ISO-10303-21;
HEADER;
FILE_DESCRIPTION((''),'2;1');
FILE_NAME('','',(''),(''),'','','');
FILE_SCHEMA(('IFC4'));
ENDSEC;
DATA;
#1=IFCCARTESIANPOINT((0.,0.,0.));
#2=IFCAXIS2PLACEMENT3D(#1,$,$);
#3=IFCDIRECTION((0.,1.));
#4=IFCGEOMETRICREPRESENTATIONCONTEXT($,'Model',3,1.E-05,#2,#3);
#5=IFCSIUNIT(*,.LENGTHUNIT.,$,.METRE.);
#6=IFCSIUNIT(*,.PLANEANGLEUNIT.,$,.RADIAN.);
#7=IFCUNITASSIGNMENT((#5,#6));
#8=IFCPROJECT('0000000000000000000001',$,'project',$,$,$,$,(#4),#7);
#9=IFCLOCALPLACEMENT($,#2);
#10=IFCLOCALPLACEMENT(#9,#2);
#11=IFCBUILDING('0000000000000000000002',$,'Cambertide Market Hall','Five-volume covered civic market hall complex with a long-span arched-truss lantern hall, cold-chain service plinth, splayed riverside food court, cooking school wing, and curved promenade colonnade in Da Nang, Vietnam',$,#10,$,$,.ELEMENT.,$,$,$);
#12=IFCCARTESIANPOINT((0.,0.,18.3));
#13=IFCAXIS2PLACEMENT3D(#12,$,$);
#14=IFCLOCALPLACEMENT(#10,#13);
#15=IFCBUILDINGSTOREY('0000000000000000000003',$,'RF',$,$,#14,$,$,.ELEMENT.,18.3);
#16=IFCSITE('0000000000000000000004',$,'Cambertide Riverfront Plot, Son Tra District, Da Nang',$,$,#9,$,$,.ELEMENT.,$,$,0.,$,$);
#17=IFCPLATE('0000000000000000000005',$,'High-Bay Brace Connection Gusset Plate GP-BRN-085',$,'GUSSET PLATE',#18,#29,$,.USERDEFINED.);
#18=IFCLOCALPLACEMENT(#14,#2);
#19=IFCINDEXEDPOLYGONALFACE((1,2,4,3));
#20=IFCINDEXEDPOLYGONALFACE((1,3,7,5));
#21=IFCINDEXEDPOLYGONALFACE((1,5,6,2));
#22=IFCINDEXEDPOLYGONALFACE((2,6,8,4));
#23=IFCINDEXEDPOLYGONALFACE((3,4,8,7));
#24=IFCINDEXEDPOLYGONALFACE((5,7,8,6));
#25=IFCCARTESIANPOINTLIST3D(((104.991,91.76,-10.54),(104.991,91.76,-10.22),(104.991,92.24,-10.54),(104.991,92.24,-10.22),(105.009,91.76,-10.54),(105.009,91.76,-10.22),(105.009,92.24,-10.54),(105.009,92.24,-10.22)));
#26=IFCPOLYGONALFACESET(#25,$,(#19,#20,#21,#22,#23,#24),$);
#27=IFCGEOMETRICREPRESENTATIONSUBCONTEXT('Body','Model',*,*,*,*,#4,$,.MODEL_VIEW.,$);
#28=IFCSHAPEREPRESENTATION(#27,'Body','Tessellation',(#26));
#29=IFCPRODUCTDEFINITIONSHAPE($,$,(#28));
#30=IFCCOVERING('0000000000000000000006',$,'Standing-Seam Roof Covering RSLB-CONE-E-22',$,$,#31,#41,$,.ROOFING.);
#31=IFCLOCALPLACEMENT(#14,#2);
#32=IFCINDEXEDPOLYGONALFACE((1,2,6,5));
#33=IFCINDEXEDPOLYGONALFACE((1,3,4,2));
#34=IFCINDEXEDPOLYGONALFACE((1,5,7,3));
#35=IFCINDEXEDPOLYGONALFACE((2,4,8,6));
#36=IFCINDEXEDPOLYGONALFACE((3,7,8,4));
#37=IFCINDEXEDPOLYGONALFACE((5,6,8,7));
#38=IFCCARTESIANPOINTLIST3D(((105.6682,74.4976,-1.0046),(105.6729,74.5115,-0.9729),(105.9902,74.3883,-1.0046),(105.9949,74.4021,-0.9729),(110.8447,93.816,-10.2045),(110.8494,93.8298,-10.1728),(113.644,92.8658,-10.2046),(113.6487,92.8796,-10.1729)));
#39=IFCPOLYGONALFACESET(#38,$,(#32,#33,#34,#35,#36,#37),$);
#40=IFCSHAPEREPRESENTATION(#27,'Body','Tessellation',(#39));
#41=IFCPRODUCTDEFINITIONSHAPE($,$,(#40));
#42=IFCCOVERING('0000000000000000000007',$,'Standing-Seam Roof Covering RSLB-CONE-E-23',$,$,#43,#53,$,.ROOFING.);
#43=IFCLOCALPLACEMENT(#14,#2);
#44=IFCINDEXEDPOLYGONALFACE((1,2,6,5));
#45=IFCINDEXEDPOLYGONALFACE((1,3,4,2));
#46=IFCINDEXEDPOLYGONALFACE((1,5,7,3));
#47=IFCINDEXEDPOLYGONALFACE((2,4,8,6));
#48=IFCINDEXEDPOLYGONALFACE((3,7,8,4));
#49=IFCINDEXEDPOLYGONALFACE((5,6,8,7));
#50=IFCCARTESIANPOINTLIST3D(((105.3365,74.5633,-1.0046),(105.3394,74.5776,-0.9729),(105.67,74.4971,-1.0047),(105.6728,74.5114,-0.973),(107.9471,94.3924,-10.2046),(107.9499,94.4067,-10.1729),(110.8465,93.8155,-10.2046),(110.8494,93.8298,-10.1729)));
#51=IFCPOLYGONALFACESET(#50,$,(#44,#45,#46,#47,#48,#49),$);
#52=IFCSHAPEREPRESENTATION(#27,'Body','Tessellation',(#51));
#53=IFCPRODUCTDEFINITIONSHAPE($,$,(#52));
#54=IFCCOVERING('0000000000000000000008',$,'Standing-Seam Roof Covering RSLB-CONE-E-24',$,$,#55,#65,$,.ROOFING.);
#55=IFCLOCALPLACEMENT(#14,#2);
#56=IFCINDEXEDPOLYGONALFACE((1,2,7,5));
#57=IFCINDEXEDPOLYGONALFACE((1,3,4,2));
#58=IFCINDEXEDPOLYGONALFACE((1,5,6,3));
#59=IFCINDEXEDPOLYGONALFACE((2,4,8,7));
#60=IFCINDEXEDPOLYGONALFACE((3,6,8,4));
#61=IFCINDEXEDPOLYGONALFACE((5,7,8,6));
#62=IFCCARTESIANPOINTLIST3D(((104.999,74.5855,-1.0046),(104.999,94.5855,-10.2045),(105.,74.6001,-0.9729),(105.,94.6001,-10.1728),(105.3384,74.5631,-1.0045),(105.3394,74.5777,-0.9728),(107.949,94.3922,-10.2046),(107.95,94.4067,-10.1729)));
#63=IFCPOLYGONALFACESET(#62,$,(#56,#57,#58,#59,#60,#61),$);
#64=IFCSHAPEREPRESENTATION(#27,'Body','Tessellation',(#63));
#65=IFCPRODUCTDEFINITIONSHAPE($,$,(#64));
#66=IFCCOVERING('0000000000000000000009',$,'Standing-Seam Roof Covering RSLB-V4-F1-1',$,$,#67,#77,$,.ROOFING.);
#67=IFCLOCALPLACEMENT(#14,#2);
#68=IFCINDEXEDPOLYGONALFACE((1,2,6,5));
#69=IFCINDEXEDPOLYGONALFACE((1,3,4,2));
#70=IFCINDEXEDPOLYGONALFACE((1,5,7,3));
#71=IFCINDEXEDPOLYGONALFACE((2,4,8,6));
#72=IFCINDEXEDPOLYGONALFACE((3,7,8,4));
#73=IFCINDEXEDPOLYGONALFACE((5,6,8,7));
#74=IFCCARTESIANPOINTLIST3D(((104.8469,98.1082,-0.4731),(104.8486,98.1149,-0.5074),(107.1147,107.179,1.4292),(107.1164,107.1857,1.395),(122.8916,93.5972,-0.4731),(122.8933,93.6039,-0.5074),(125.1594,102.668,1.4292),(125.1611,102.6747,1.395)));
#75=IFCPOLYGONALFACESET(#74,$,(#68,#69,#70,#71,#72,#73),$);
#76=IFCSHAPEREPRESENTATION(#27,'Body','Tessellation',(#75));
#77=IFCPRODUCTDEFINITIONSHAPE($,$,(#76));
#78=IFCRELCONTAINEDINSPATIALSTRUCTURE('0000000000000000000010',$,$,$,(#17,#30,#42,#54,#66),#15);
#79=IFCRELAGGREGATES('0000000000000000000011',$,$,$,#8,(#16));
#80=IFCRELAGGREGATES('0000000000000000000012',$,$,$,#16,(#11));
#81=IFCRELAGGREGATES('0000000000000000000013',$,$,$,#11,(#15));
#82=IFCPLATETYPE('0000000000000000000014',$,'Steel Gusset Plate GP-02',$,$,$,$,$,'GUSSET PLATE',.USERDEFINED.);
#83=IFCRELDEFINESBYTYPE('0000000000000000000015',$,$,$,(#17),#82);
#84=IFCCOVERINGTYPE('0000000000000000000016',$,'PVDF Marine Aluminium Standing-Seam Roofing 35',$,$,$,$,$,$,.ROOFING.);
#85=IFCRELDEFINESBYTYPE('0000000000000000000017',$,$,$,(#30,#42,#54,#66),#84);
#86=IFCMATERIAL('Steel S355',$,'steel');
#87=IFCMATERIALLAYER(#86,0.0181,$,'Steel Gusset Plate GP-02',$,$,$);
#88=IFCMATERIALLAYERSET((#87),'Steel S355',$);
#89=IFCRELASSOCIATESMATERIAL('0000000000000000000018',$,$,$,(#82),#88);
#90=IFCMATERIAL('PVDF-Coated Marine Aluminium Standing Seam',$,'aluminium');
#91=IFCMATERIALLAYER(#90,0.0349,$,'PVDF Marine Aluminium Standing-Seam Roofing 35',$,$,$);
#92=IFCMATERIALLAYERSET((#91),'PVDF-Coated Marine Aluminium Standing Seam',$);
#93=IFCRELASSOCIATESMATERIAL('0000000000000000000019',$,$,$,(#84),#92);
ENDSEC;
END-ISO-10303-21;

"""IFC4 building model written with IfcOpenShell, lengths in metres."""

from ifc_helpers import new_model, si_unit, direction, frame, origin, origin_2d, place, context, subcontext, project, spatial, polyline, rectangle, outline, extrude, material, layer, layer_set, type_object, element, save


model = new_model("IFC4")

# Units and contexts
model_context = context("Model", 3, precision=1e-05, world=origin(), true_north=direction((0.0, 1.0)))
body_context = subcontext(model_context, "Body", "Model", "MODEL_VIEW")
ifc_project = project(units=[si_unit("LENGTHUNIT", "METRE"), si_unit("PLANEANGLEUNIT", "RADIAN")], contexts=[model_context])

# Site, building, storey
site_placement = place(None, origin())
site = spatial("IfcSite", under=ifc_project, at=site_placement, Name="Cambertide Riverfront Plot, Son Tra District, Da Nang", CompositionType="ELEMENT", RefElevation=0.0)
building_placement = place(site_placement, origin())
building = spatial("IfcBuilding", under=site, at=building_placement, Name="Cambertide Market Hall", Description="Five-volume covered civic market hall complex with a long-span arched-truss lantern hall, cold-chain service plinth, splayed riverside food court, cooking school wing, and curved promenade colonnade in Da Nang, Vietnam", CompositionType="ELEMENT")
storey_placement = place(building_placement, frame((0.0, 0.0, 18.3)))
storey = spatial("IfcBuildingStorey", under=building, at=storey_placement, Name="RF", CompositionType="ELEMENT", Elevation=18.3)

# Plate
ifc_material_1 = material(Name="Steel S355", Category="steel")
ifc_layer_1 = layer(ifc_material_1, 0.0181, Name="Steel Gusset Plate GP-02")
ifc_layer_set_1 = layer_set([ifc_layer_1], Name="Steel S355")
plate_type_1 = type_object("IfcPlateType", Name="Steel Gusset Plate GP-02", ElementType="GUSSET PLATE", PredefinedType="USERDEFINED", material=ifc_layer_set_1)
for number, where, z_axis, x_axis, name in (
    (1, (105.0, 92.0, -10.54), (0.0, 0.0, 1.0), (0.0, 1.0, 0.0), "High-Bay Brace Connection Gusset Plate GP-BRN-085"),
):
    element("IfcPlate", number, at=place(storey_placement, frame(where, z_axis=z_axis, x_axis=x_axis)), inside=storey, type_object=plate_type_1, Name=name, ObjectType="GUSSET PLATE", PredefinedType="USERDEFINED", context=body_context, shape_type="SweptSolid", body=[
        extrude(rectangle(XDim=0.48, YDim=0.0181, at=origin_2d()), origin(), (0.0, 0.0, 1.0), 0.3201),
    ])

# Coverings
ifc_material_2 = material(Name="PVDF-Coated Marine Aluminium Standing Seam", Category="aluminium")
ifc_layer_2 = layer(ifc_material_2, 0.0349, Name="PVDF Marine Aluminium Standing-Seam Roofing 35")
ifc_layer_set_2 = layer_set([ifc_layer_2], Name="PVDF-Coated Marine Aluminium Standing Seam")
covering_type = type_object("IfcCoveringType", Name="PVDF Marine Aluminium Standing-Seam Roofing 35", PredefinedType="ROOFING", material=ifc_layer_set_2)
covering_1_placement = place(storey_placement, frame((113.6487, 92.8796, -10.1729), z_axis=(0.134571, 0.396426, 0.90815), x_axis=(-0.946934, 0.321429, 0.000007)))
element("IfcCovering", 2, at=covering_1_placement, inside=storey, type_object=covering_type, Name="Standing-Seam Roof Covering RSLB-CONE-E-22", PredefinedType="ROOFING", context=body_context, shape_type="SweptSolid", body=[
    extrude(outline(polyline([(0.0, 0.0), (2.9562, 0.0), (1.6486, 21.9755), (1.3085, 21.9756), (0.0, 0.0)])), origin(), (0.0, 0.0, -1.0), 0.0349),
])
covering_2_placement = place(storey_placement, frame((110.8494, 93.8298, -10.1729), z_axis=(0.081673, 0.410599, 0.908151), x_axis=(-0.980776, 0.195137, -0.000022)))
element("IfcCovering", 3, at=covering_2_placement, inside=storey, type_object=covering_type, Name="Standing-Seam Roof Covering RSLB-CONE-E-23", PredefinedType="ROOFING", context=body_context, shape_type="SweptSolid", body=[
    extrude(outline(polyline([(0.0, 0.0), (2.9563, 0.0), (1.6471, 21.9758), (1.3071, 21.9756), (0.0, 0.0)])), origin(), (0.0, 0.0, -1.0), 0.0349),
])
covering_3_placement = place(storey_placement, frame((107.95, 94.4067, -10.1729), z_axis=(0.027409, 0.417743, 0.908152), x_axis=(-0.997858, 0.065418, 0.000025)))
element("IfcCovering", 4, at=covering_3_placement, inside=storey, type_object=covering_type, Name="Standing-Seam Roof Covering RSLB-CONE-E-24", PredefinedType="ROOFING", context=body_context, shape_type="SweptSolid", body=[
    extrude(outline(polyline([(0.0, 0.0), (2.9563, 0.0), (1.6482, 21.9756), (1.3081, 21.9758), (0.0, 0.0)])), origin(), (0.0, 0.0, -1.0), 0.0349),
])
covering_4_placement = place(storey_placement, frame((104.8469, 98.1082, -0.4731), z_axis=(-0.048354, -0.193422, 0.979923), x_axis=(0.970145, -0.242526, 0.0)))
element("IfcCovering", 5, at=covering_4_placement, inside=storey, type_object=covering_type, Name="Standing-Seam Roof Covering RSLB-V4-F1-1", PredefinedType="ROOFING", context=body_context, shape_type="SweptSolid", body=[
    extrude(outline(polyline([(0.0, 0.0), (18.6, 0.0), (18.6002, 9.5416), (0.0002, 9.5416), (0.0, 0.0)])), origin(), (0.0, 0.0, -1.0), 0.0349),
])

save(model, "model.ifc")
